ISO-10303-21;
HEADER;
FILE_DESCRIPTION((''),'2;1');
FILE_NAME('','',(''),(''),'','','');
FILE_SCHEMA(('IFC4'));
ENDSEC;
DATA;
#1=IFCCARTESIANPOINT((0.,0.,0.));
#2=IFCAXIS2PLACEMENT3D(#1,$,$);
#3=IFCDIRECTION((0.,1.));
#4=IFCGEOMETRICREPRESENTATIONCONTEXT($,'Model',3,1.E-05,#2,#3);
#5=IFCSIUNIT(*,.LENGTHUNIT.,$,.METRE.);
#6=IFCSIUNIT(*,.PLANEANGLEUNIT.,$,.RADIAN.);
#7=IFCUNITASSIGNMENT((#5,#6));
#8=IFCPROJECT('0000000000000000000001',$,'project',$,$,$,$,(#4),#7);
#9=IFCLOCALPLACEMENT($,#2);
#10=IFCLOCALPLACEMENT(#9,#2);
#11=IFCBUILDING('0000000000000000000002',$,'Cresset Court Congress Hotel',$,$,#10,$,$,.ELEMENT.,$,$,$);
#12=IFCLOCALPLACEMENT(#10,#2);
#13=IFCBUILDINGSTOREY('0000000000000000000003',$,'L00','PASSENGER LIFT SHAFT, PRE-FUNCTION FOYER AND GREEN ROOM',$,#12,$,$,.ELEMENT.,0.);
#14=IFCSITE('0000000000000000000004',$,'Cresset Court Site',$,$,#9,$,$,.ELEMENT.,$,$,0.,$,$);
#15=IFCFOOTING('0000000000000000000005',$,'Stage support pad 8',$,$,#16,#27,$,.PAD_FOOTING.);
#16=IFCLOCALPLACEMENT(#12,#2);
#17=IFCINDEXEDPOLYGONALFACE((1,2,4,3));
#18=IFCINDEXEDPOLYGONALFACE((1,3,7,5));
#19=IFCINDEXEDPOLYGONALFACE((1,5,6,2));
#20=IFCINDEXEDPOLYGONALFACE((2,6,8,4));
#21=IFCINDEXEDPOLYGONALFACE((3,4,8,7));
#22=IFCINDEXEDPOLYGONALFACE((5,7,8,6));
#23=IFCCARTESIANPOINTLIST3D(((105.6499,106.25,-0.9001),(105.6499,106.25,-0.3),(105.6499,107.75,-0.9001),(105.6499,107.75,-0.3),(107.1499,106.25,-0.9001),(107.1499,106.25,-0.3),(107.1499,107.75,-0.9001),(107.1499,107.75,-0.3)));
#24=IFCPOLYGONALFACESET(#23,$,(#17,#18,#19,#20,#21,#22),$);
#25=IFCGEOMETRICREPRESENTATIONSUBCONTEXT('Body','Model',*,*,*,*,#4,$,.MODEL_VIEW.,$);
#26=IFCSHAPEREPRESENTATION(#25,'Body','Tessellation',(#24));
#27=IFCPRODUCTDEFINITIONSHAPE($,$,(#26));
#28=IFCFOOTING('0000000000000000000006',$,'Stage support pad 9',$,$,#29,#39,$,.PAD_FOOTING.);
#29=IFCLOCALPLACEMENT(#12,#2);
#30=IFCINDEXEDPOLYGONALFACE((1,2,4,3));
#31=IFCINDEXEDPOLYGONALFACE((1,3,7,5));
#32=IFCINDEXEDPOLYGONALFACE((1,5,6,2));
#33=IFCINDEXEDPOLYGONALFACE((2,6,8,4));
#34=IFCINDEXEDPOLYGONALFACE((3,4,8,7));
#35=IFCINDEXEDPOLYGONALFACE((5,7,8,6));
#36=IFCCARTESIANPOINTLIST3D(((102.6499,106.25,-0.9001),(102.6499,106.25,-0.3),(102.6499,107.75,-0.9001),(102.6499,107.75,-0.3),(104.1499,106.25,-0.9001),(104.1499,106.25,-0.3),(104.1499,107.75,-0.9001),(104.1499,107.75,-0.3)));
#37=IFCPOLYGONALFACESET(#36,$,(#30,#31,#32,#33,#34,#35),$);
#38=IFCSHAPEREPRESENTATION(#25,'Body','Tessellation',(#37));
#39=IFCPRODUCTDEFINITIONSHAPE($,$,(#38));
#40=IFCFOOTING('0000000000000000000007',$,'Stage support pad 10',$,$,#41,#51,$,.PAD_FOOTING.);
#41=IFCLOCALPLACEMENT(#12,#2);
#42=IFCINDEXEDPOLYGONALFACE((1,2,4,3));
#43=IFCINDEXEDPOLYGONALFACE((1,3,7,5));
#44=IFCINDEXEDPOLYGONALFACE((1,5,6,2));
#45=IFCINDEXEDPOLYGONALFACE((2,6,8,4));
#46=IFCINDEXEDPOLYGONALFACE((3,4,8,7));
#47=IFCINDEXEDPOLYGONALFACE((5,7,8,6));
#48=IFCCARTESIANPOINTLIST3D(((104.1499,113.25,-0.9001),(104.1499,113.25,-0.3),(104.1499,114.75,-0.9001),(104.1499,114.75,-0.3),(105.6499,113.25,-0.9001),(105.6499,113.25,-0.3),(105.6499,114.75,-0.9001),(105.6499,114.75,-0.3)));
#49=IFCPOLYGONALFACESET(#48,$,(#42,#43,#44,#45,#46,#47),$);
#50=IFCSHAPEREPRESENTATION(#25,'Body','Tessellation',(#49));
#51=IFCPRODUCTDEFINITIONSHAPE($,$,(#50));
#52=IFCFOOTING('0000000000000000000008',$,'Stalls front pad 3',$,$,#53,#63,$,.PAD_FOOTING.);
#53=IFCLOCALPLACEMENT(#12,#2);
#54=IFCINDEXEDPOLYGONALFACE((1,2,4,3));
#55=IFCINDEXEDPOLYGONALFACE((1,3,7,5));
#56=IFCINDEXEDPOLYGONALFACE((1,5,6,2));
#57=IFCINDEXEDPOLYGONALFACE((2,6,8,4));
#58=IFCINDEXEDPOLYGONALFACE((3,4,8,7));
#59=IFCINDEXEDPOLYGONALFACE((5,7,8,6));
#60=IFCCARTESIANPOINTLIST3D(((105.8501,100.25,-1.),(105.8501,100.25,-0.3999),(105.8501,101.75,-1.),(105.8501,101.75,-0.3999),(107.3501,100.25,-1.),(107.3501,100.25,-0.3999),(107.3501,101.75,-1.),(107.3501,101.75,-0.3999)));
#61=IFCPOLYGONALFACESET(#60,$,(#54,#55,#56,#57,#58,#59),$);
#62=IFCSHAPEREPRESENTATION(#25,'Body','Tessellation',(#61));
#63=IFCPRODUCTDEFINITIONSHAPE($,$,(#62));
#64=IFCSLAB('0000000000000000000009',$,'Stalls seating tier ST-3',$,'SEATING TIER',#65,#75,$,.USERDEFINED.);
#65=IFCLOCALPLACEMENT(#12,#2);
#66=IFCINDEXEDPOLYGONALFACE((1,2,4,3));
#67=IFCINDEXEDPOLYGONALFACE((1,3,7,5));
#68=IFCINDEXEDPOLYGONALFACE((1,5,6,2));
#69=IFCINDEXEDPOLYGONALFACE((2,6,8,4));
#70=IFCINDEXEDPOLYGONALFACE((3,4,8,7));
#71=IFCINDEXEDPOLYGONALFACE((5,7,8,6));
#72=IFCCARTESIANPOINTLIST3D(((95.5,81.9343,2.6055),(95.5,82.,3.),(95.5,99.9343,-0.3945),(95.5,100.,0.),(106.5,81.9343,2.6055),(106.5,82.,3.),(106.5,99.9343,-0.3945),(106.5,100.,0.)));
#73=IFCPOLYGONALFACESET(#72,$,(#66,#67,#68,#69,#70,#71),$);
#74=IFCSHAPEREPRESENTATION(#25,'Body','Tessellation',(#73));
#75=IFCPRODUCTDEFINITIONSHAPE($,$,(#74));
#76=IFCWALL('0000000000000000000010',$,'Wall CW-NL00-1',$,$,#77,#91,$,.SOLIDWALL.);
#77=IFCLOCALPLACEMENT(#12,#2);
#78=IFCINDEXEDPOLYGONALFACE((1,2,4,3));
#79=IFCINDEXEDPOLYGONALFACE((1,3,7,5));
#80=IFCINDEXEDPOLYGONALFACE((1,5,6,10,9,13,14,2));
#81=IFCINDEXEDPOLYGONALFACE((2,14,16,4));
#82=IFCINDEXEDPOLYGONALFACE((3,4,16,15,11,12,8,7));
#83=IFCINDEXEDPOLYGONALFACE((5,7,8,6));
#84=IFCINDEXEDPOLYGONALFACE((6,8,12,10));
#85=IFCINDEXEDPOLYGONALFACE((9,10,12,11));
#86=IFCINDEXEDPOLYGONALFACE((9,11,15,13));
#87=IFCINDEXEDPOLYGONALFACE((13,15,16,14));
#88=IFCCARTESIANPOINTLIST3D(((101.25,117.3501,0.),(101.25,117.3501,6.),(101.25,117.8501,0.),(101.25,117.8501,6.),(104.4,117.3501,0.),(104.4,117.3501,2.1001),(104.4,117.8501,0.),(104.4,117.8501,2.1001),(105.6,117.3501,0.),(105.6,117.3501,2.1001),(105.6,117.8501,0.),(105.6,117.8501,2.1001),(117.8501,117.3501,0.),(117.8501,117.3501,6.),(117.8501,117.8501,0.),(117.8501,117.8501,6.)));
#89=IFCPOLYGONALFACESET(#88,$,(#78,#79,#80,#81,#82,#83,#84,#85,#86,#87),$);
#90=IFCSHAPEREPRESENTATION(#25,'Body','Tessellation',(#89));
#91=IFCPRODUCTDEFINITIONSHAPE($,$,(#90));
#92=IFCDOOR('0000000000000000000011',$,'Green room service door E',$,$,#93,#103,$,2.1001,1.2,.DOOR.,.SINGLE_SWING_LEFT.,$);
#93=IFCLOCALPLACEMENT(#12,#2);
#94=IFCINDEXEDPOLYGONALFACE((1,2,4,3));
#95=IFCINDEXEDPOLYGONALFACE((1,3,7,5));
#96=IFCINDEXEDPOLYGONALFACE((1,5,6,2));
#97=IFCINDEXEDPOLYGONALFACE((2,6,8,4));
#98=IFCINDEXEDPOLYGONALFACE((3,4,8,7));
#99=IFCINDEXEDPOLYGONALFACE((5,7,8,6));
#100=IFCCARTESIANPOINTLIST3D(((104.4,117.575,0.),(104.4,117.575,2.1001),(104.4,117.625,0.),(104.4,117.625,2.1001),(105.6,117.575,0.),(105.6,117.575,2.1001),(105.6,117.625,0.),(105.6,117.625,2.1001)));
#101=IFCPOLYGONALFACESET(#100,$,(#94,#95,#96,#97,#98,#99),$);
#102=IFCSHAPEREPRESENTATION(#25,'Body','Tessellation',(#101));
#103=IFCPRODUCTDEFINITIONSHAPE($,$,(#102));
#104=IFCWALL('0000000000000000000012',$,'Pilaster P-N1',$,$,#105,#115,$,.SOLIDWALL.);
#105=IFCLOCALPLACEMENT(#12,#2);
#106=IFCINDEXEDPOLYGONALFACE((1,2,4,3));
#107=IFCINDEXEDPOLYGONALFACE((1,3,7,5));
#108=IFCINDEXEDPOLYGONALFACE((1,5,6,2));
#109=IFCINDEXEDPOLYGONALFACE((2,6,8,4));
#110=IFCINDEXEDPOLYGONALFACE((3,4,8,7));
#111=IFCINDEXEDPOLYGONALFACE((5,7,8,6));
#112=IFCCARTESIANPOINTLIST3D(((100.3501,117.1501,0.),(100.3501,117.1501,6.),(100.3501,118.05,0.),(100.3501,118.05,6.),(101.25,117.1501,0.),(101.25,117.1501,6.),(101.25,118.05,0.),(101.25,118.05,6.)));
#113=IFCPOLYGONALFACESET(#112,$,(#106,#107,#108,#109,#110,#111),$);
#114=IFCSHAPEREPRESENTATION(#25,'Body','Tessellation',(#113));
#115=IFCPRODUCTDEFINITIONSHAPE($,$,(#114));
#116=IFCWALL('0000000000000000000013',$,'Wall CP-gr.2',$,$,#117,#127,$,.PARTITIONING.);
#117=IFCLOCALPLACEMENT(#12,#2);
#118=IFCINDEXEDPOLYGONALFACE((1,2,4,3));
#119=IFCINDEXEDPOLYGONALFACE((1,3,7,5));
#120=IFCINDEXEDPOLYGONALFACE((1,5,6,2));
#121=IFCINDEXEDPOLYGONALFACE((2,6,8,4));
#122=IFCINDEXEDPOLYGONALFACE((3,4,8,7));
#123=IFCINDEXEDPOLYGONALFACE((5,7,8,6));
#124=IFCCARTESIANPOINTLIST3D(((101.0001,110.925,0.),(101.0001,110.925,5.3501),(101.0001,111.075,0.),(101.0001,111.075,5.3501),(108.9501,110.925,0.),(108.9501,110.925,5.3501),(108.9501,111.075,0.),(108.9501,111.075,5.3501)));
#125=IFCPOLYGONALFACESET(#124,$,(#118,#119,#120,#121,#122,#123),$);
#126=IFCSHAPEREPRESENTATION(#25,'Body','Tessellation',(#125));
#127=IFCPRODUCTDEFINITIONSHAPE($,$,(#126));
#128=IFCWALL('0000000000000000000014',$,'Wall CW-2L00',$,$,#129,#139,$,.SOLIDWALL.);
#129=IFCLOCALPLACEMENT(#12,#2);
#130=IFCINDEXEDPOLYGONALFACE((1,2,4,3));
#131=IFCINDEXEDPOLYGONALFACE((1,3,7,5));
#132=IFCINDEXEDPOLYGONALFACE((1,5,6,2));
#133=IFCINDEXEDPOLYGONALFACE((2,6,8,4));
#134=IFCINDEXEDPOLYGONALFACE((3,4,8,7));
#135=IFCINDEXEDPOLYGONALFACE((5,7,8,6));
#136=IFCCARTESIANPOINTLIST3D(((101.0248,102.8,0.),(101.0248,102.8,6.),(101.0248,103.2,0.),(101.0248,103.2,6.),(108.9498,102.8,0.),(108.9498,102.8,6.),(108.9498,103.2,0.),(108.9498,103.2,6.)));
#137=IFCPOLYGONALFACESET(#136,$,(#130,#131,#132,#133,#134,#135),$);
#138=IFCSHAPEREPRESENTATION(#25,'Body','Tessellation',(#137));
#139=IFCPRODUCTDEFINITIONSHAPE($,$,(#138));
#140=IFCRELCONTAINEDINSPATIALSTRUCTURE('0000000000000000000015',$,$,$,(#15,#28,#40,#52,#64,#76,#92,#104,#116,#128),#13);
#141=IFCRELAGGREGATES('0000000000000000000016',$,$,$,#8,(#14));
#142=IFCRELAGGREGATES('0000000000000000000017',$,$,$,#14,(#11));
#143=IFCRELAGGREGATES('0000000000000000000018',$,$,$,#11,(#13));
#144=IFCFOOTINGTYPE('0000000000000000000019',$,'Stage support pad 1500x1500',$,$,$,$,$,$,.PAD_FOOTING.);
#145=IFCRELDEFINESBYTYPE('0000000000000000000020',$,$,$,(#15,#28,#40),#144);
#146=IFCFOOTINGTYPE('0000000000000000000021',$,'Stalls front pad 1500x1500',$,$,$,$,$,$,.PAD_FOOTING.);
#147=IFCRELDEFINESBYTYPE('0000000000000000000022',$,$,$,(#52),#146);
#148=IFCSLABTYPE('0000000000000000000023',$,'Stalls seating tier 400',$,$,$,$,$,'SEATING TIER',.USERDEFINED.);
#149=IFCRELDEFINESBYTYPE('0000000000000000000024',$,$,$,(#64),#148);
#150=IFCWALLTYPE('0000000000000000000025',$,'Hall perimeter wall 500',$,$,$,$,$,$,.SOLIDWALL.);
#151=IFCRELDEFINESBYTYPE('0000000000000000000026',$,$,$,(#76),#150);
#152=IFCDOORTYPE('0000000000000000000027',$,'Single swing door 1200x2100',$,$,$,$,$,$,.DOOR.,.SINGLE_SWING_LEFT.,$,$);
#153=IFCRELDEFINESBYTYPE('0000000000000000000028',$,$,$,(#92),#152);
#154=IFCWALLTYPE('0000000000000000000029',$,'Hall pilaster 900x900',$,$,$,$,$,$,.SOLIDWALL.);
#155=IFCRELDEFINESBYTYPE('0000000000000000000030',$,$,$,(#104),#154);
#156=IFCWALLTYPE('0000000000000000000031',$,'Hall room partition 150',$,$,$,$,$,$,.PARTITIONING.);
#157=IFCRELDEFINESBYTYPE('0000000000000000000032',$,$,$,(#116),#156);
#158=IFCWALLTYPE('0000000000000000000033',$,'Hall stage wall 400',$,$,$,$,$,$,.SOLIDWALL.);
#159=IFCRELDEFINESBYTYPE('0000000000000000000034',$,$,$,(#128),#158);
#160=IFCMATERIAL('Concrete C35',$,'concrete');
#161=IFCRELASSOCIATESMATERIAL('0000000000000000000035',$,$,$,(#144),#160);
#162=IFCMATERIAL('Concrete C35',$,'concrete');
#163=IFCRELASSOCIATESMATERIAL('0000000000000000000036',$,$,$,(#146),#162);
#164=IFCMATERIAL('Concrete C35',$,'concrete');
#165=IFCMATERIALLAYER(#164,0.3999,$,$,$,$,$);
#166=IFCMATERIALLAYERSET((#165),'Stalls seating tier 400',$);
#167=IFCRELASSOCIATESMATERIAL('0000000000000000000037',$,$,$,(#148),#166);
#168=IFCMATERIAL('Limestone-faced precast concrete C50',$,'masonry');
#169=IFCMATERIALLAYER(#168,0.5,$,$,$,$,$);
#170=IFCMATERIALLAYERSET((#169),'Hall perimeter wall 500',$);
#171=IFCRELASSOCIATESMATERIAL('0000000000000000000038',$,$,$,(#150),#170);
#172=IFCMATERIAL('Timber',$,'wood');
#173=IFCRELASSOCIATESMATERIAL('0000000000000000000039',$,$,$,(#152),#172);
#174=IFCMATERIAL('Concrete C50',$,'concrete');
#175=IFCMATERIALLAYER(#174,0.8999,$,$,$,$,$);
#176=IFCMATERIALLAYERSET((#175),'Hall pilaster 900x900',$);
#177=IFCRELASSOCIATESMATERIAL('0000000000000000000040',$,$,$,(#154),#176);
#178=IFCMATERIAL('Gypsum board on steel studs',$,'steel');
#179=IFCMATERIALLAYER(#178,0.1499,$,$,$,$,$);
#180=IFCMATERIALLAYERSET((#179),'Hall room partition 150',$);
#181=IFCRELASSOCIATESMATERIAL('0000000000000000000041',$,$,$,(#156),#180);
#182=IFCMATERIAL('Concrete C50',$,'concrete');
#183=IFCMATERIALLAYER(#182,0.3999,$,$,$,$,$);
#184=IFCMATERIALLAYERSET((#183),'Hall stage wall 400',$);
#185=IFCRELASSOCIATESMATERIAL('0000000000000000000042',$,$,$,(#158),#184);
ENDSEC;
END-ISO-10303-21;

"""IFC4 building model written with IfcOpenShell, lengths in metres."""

from ifc_helpers import new_model, si_unit, direction, frame, frame_2d, origin, origin_2d, place, context, subcontext, project, spatial, polyline, rectangle, outline, extrude, material, layer, layer_set, type_object, element, fill, save


model = new_model("IFC4")

# Units and contexts
model_context = context("Model", 3, precision=1e-05, world=origin(), true_north=direction((0.0, 1.0)))
body_context = subcontext(model_context, "Body", "Model", "MODEL_VIEW")
ifc_project = project(units=[si_unit("LENGTHUNIT", "METRE"), si_unit("PLANEANGLEUNIT", "RADIAN")], contexts=[model_context])

# Site, building, storey
site_placement = place(None, origin())
site = spatial("IfcSite", under=ifc_project, at=site_placement, Name="Cresset Court Site", CompositionType="ELEMENT", RefElevation=0.0)
building_placement = place(site_placement, origin())
building = spatial("IfcBuilding", under=site, at=building_placement, Name="Cresset Court Congress Hotel", CompositionType="ELEMENT")
storey_placement = place(building_placement, origin())
storey = spatial("IfcBuildingStorey", under=building, at=storey_placement, Name="L00", Description="PASSENGER LIFT SHAFT, PRE-FUNCTION FOYER AND GREEN ROOM", CompositionType="ELEMENT", Elevation=0.0)

# Footings
ifc_material_1 = material(Name="Concrete C35", Category="concrete")
footing_type_1 = type_object("IfcFootingType", Name="Stage support pad 1500x1500", PredefinedType="PAD_FOOTING", material=ifc_material_1)
for number, where, z_axis, x_axis, name in (
    (1, (106.3999, 107.0, -0.9001), (0.0, 0.0, 1.0), (1.0, 0.0, 0.0), "Stage support pad 8"),
    (2, (103.3999, 107.0, -0.9001), (0.0, 0.0, 1.0), (1.0, 0.0, 0.0), "Stage support pad 9"),
    (3, (104.8999, 114.0, -0.9001), (0.0, 0.0, 1.0), (1.0, 0.0, 0.0), "Stage support pad 10"),
):
    element("IfcFooting", number, at=place(storey_placement, frame(where, z_axis=z_axis, x_axis=x_axis)), inside=storey, type_object=footing_type_1, Name=name, PredefinedType="PAD_FOOTING", context=body_context, shape_type="SweptSolid", body=[
        extrude(rectangle(XDim=1.5, YDim=1.5, at=origin_2d()), origin(), (0.0, 0.0, 1.0), 0.6001),
    ])
ifc_material_2 = material(Name="Concrete C35", Category="concrete")
footing_type_2 = type_object("IfcFootingType", Name="Stalls front pad 1500x1500", PredefinedType="PAD_FOOTING", material=ifc_material_2)
footing_placement = place(storey_placement, frame((106.6001, 101.0, -1.0), z_axis=(0.0, 0.0, 1.0), x_axis=(1.0, 0.0, 0.0)))
element("IfcFooting", 4, at=footing_placement, inside=storey, type_object=footing_type_2, Name="Stalls front pad 3", PredefinedType="PAD_FOOTING", context=body_context, shape_type="SweptSolid", body=[
    extrude(rectangle(XDim=1.5, YDim=1.5, at=origin_2d()), origin(), (0.0, 0.0, 1.0), 0.6001),
])

# Slab
ifc_material_3 = material(Name="Concrete C35", Category="concrete")
ifc_layer_1 = layer(ifc_material_3, 0.3999)
ifc_layer_set_1 = layer_set([ifc_layer_1], Name="Stalls seating tier 400")
slab_type = type_object("IfcSlabType", Name="Stalls seating tier 400", ElementType="SEATING TIER", PredefinedType="USERDEFINED", material=ifc_layer_set_1)
slab_placement = place(storey_placement, frame((95.5, 100.0, 0.0), z_axis=(0.0, 0.164399, 0.986394), x_axis=(1.0, 0.0, 0.0)))
element("IfcSlab", 5, at=slab_placement, inside=storey, type_object=slab_type, Name="Stalls seating tier ST-3", ObjectType="SEATING TIER", PredefinedType="USERDEFINED", context=body_context, shape_type="SweptSolid", body=[
    extrude(outline(polyline([(0.0, 0.0), (11.0, 0.0), (11.0, -18.2483), (0.0, -18.2483), (0.0, 0.0)])), origin(), (0.0, 0.0, -1.0), 0.3999),
])

# Wall, opening, door
ifc_material_4 = material(Name="Limestone-faced precast concrete C50", Category="masonry")
ifc_layer_2 = layer(ifc_material_4, 0.5)
ifc_layer_set_2 = layer_set([ifc_layer_2], Name="Hall perimeter wall 500")
wall_type_1 = type_object("IfcWallType", Name="Hall perimeter wall 500", PredefinedType="SOLIDWALL", material=ifc_layer_set_2)
wall_1_placement = place(storey_placement, frame((101.25, 117.6001, 0.0), z_axis=(0.0, 0.0, 1.0), x_axis=(1.0, 0.0, 0.0)))
wall_1 = element("IfcWall", 6, at=wall_1_placement, inside=storey, type_object=wall_type_1, Name="Wall CW-NL00-1", PredefinedType="SOLIDWALL", context=body_context, shape_type="SweptSolid", body=[
    extrude(rectangle(XDim=16.6001, YDim=0.5, at=frame_2d((8.3, 0.0))), origin(), (0.0, 0.0, 1.0), 6.0),
])
opening_1_placement = place(wall_1_placement, frame((3.1499, 0.0, 0.0)))
opening_1 = element("IfcOpeningElement", 7, at=opening_1_placement, cuts=wall_1, PredefinedType="OPENING", context=body_context, shape_type="SweptSolid", body=[
    extrude(rectangle(XDim=1.2, YDim=2.1001, at=frame_2d((0.6001, 1.05))), frame((0.0, 0.26, 0.0), z_axis=(0.0, -1.0, 0.0), x_axis=(1.0, 0.0, 0.0)), (0.0, 0.0, 1.0), 0.52),
])
ifc_material_5 = material(Name="Timber", Category="wood")
door_type_1 = type_object("IfcDoorType", Name="Single swing door 1200x2100", OperationType="SINGLE_SWING_LEFT", PredefinedType="DOOR", material=ifc_material_5)
door_1_placement = place(opening_1_placement, origin())
door_1 = element("IfcDoor", 8, at=door_1_placement, inside=storey, type_object=door_type_1, Name="Green room service door E", OperationType="SINGLE_SWING_LEFT", OverallHeight=2.1001, OverallWidth=1.2, PredefinedType="DOOR", context=body_context, shape_type="SweptSolid", body=[
    extrude(rectangle(XDim=1.2, YDim=2.1001, at=frame_2d((0.6001, 1.05))), frame((0.0, 0.0249, 0.0), z_axis=(0.0, -1.0, 0.0), x_axis=(1.0, 0.0, 0.0)), (0.0, 0.0, 1.0), 0.05),
])
fill(opening_1, door_1)

# Walls
ifc_material_6 = material(Name="Concrete C50", Category="concrete")
ifc_layer_3 = layer(ifc_material_6, 0.8999)
ifc_layer_set_3 = layer_set([ifc_layer_3], Name="Hall pilaster 900x900")
wall_type_2 = type_object("IfcWallType", Name="Hall pilaster 900x900", PredefinedType="SOLIDWALL", material=ifc_layer_set_3)
wall_2_placement = place(storey_placement, frame((101.25, 117.6001, 0.0), z_axis=(0.0, 0.0, 1.0), x_axis=(-1.0, 0.0, 0.0)))
element("IfcWall", 9, at=wall_2_placement, inside=storey, type_object=wall_type_2, Name="Pilaster P-N1", PredefinedType="SOLIDWALL", context=body_context, shape_type="SweptSolid", body=[
    extrude(rectangle(XDim=0.8999, YDim=0.8999, at=frame_2d((0.45, 0.0))), origin(), (0.0, 0.0, 1.0), 6.0),
])
ifc_material_7 = material(Name="Gypsum board on steel studs", Category="steel")
ifc_layer_4 = layer(ifc_material_7, 0.1499)
ifc_layer_set_4 = layer_set([ifc_layer_4], Name="Hall room partition 150")
wall_type_3 = type_object("IfcWallType", Name="Hall room partition 150", PredefinedType="PARTITIONING", material=ifc_layer_set_4)
wall_3_placement = place(storey_placement, frame((101.0, 111.0, 0.0), z_axis=(0.0, 0.0, 1.0), x_axis=(1.0, 0.0, 0.0)))
element("IfcWall", 10, at=wall_3_placement, inside=storey, type_object=wall_type_3, Name="Wall CP-gr.2", PredefinedType="PARTITIONING", context=body_context, shape_type="SweptSolid", body=[
    extrude(rectangle(XDim=7.95, YDim=0.1499, at=frame_2d((3.9751, 0.0))), origin(), (0.0, 0.0, 1.0), 5.3501),
])
ifc_material_8 = material(Name="Concrete C50", Category="concrete")
ifc_layer_5 = layer(ifc_material_8, 0.3999)
ifc_layer_set_5 = layer_set([ifc_layer_5], Name="Hall stage wall 400")
wall_type_4 = type_object("IfcWallType", Name="Hall stage wall 400", PredefinedType="SOLIDWALL", material=ifc_layer_set_5)
wall_4_placement = place(storey_placement, frame((101.0249, 103.0, 0.0), z_axis=(0.0, 0.0, 1.0), x_axis=(1.0, 0.0, 0.0)))
element("IfcWall", 11, at=wall_4_placement, inside=storey, type_object=wall_type_4, Name="Wall CW-2L00", PredefinedType="SOLIDWALL", context=body_context, shape_type="SweptSolid", body=[
    extrude(rectangle(XDim=7.925, YDim=0.3999, at=frame_2d((3.9624, 0.0))), origin(), (0.0, 0.0, 1.0), 6.0),
])

save(model, "model.ifc")
